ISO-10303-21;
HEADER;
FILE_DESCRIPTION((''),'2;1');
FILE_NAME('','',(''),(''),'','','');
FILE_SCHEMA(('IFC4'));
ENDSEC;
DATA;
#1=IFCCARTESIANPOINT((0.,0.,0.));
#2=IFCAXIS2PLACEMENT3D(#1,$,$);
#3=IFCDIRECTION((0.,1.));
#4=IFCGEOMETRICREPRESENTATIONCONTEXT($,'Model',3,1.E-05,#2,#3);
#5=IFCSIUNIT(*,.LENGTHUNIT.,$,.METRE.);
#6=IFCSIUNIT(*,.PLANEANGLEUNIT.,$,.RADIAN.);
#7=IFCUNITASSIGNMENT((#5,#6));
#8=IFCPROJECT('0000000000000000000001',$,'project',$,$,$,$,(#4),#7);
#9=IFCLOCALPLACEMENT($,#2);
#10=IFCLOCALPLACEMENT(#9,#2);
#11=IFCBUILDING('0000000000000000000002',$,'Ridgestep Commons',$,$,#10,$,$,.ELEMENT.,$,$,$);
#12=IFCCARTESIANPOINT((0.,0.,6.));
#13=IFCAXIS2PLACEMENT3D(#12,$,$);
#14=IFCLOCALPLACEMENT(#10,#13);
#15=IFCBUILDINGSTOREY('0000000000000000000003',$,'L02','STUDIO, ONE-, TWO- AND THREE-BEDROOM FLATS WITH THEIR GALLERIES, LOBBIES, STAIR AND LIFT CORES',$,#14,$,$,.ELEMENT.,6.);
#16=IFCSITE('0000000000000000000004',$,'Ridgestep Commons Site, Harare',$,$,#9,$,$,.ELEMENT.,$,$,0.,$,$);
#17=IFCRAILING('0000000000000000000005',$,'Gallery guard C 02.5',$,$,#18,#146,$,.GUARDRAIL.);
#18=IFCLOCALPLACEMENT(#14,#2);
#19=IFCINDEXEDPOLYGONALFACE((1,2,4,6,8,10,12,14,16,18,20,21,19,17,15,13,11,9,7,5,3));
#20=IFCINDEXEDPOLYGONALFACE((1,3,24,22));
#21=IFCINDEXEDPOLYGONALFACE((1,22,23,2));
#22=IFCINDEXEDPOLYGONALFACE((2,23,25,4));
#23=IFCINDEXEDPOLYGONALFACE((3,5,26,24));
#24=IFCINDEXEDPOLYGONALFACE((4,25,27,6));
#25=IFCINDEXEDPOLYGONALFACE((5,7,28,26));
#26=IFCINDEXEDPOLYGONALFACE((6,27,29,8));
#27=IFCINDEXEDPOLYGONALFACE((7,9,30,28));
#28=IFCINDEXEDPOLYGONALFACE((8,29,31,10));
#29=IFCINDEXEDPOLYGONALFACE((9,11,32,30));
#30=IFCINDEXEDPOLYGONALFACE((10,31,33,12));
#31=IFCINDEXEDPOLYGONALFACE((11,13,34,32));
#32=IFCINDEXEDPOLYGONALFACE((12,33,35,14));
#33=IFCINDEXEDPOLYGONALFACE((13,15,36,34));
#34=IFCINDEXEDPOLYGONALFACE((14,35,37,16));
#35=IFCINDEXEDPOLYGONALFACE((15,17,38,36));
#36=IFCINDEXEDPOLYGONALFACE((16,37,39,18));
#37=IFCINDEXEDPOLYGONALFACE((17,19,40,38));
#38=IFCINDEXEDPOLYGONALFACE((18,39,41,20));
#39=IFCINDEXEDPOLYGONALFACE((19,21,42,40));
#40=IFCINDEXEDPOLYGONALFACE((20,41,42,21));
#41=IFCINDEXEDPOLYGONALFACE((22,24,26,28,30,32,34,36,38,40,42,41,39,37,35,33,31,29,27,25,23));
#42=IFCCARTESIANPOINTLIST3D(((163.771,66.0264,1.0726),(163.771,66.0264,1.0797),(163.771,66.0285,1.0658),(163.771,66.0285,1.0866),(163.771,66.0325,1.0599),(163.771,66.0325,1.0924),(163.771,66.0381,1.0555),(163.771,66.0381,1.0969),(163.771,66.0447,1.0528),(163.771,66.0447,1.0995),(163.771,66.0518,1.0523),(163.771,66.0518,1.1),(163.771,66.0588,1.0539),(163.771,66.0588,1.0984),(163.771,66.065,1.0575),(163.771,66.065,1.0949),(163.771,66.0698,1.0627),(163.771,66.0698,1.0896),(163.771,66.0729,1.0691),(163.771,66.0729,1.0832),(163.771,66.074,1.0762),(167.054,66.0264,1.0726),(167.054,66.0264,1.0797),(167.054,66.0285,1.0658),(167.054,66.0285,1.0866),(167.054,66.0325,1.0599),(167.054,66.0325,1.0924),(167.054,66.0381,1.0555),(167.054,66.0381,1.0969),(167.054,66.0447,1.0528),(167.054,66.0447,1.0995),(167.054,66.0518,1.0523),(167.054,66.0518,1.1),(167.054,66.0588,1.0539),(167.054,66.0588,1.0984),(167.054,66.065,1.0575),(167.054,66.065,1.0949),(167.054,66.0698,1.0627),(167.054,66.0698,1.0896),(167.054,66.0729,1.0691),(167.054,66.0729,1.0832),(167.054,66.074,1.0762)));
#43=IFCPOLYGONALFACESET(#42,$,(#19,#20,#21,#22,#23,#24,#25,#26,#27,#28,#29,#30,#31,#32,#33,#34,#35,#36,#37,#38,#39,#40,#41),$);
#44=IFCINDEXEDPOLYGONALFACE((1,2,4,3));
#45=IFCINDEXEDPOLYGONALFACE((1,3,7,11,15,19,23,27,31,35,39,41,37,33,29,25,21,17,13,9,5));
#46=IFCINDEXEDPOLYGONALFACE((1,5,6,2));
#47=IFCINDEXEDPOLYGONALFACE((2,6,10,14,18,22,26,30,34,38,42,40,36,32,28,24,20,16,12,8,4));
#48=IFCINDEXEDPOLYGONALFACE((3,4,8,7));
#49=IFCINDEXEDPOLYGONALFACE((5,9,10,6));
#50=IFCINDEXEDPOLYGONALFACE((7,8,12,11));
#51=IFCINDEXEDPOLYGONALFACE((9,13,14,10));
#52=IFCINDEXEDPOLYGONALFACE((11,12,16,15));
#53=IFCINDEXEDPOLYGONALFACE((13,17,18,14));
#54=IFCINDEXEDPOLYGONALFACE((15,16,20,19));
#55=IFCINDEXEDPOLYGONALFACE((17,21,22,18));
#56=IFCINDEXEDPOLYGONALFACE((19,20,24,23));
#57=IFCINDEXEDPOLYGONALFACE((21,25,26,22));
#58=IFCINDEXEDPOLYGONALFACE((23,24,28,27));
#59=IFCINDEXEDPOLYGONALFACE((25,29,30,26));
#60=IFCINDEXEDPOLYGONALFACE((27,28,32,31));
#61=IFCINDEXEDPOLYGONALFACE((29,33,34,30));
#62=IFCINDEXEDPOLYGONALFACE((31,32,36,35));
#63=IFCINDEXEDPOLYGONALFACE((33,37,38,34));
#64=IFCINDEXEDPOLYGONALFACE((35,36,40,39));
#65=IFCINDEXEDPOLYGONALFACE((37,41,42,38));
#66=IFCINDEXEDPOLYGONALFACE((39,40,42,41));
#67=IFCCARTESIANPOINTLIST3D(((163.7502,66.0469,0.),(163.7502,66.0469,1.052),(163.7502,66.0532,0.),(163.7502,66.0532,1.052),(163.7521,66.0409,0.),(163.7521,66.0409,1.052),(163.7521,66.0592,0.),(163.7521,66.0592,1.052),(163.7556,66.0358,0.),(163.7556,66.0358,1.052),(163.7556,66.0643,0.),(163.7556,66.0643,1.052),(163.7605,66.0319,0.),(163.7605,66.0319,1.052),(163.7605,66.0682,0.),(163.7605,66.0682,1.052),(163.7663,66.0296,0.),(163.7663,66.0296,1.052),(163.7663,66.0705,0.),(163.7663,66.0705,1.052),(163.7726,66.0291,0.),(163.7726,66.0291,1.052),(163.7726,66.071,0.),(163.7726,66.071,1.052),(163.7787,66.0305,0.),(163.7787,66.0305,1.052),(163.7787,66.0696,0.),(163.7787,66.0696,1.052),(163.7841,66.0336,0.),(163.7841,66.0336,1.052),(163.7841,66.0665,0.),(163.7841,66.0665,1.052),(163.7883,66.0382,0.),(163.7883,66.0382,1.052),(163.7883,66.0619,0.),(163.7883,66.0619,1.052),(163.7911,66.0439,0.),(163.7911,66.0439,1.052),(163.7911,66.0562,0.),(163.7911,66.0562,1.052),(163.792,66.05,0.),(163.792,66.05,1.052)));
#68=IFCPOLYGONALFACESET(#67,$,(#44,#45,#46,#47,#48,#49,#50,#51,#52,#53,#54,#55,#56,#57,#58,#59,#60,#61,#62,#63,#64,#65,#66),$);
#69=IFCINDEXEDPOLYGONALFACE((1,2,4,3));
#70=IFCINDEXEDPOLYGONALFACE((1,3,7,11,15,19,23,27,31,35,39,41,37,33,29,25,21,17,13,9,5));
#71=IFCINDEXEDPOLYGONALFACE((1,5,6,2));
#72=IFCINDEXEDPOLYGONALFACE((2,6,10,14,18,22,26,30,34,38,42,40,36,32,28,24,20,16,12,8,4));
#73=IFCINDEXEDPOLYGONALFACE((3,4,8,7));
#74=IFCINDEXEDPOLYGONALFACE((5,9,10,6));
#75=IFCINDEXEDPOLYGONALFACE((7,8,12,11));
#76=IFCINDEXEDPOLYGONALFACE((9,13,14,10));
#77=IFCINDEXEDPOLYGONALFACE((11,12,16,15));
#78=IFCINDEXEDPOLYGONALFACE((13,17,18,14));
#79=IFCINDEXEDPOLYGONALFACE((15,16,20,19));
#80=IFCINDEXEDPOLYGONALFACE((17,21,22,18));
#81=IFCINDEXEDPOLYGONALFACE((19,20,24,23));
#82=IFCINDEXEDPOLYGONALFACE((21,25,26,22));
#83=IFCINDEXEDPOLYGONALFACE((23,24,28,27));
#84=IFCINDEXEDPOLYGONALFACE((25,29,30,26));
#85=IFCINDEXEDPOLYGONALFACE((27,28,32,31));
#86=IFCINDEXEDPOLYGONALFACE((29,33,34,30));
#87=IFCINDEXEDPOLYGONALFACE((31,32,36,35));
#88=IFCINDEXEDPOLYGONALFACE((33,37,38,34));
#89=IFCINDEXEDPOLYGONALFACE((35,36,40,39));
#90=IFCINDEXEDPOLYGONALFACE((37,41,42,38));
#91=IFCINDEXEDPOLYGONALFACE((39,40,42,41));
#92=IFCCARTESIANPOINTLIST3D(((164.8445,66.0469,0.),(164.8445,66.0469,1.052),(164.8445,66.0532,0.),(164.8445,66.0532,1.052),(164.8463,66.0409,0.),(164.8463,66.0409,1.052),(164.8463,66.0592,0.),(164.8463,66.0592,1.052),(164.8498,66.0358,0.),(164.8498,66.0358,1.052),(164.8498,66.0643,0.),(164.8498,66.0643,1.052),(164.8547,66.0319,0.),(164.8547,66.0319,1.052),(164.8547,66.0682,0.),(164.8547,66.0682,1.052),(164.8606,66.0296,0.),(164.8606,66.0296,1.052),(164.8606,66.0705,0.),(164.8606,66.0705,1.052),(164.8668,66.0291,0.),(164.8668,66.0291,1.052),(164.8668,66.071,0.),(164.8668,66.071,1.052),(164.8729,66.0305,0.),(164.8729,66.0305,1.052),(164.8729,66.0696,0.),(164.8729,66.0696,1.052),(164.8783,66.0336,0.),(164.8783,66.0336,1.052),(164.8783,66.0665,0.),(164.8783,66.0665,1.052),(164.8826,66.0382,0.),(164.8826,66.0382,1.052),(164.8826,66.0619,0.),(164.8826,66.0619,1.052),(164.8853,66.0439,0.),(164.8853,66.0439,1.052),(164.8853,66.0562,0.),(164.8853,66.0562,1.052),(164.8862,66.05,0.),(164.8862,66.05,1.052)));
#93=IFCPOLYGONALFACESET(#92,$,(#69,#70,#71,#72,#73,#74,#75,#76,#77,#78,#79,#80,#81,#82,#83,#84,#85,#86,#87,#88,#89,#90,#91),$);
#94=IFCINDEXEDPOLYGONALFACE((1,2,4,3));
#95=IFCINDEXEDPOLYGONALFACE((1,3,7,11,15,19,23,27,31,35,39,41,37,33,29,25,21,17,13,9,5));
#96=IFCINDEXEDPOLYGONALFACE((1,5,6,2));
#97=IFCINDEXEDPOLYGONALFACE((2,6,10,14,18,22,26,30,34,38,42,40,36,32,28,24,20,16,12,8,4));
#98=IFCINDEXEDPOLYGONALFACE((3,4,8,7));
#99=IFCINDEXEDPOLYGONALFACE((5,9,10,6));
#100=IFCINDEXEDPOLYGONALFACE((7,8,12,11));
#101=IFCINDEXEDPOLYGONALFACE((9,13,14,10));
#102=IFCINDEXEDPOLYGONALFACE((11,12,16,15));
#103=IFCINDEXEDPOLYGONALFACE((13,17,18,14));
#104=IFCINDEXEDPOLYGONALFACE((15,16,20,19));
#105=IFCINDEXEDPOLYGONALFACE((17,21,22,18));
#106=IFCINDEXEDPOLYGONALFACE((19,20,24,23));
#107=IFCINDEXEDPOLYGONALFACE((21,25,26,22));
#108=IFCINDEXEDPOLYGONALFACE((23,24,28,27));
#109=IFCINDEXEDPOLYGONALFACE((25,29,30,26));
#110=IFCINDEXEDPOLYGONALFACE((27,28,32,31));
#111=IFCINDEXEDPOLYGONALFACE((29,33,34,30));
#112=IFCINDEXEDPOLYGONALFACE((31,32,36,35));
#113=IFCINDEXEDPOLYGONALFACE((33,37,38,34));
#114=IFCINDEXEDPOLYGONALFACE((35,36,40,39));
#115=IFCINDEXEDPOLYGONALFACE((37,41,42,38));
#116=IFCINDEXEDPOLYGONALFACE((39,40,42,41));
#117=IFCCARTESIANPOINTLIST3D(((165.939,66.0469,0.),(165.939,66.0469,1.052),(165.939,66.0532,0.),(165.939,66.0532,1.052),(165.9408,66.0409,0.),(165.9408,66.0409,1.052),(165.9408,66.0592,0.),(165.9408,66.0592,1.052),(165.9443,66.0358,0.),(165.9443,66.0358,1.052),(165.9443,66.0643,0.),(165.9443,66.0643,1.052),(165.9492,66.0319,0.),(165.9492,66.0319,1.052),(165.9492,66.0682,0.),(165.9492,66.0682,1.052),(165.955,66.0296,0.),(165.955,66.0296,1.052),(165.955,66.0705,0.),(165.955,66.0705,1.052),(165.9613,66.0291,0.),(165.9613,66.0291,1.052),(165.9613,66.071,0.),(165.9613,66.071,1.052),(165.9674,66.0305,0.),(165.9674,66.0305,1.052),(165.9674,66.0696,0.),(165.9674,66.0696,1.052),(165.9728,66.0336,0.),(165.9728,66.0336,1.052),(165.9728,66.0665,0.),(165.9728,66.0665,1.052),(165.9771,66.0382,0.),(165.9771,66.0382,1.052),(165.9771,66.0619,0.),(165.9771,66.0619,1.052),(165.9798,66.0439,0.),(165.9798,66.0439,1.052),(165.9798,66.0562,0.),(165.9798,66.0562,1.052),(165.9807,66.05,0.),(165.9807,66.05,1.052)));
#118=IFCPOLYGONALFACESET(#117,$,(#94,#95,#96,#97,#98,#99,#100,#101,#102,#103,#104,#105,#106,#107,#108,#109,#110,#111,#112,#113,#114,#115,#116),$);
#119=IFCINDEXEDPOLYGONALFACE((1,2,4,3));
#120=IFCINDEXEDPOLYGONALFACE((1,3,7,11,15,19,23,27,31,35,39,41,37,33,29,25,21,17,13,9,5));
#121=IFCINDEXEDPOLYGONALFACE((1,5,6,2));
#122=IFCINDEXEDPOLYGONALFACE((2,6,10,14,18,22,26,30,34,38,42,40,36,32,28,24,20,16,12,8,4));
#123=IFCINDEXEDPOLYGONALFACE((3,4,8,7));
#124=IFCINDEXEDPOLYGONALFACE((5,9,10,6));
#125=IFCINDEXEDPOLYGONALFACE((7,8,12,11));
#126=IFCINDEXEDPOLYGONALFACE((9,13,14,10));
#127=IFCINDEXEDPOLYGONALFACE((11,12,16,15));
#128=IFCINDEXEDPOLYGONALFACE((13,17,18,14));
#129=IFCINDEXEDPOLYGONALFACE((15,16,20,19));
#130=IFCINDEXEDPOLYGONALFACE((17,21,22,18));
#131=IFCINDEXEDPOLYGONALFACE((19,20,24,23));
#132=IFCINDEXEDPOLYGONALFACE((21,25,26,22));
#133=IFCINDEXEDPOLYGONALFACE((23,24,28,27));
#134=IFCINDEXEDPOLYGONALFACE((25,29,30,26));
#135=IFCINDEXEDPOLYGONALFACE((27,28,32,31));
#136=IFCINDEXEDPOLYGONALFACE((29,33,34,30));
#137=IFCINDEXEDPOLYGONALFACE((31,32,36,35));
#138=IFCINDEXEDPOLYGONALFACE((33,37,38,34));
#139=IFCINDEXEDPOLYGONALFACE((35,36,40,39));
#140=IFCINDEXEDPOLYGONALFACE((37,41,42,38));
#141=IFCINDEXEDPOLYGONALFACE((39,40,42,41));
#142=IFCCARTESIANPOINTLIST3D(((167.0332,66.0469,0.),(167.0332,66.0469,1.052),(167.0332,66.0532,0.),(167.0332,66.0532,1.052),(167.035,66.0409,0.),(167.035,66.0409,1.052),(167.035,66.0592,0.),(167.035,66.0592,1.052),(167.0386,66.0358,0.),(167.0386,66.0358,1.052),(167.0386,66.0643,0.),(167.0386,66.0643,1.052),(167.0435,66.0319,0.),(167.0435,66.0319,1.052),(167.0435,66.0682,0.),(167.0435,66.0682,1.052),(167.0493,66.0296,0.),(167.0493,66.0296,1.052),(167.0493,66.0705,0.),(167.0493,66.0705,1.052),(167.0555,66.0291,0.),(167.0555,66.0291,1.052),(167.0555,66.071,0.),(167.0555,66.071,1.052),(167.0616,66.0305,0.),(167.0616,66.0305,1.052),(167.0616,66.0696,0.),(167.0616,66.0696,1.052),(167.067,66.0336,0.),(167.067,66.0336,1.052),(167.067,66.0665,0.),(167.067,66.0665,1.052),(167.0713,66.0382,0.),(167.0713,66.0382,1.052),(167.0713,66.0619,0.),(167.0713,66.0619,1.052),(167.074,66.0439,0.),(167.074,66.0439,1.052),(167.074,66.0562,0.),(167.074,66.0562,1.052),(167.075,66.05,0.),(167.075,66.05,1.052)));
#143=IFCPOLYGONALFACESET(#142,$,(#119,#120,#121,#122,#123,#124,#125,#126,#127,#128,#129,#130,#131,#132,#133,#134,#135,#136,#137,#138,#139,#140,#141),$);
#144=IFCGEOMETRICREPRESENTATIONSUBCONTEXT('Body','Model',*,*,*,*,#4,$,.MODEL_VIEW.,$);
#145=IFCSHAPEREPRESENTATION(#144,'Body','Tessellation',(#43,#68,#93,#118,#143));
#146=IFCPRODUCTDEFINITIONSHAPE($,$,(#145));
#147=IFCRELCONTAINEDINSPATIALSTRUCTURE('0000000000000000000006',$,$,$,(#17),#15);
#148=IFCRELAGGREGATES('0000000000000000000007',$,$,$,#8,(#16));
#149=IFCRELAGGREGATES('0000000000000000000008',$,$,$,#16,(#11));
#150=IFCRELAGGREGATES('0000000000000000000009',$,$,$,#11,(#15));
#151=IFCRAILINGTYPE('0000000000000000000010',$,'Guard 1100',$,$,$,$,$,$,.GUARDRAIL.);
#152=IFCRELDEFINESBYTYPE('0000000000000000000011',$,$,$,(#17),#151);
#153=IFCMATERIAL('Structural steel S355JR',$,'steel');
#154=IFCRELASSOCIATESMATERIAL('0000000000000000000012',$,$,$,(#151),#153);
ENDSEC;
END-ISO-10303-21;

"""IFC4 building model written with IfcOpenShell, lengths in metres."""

from ifc_helpers import new_model, si_unit, direction, frame, origin, origin_2d, place, context, subcontext, project, spatial, circle, extrude, material, type_object, element, save


model = new_model("IFC4")

# Units and contexts
model_context = context("Model", 3, precision=1e-05, world=origin(), true_north=direction((0.0, 1.0)))
body_context = subcontext(model_context, "Body", "Model", "MODEL_VIEW")
ifc_project = project(units=[si_unit("LENGTHUNIT", "METRE"), si_unit("PLANEANGLEUNIT", "RADIAN")], contexts=[model_context])

# Site, building, storey
site_placement = place(None, origin())
site = spatial("IfcSite", under=ifc_project, at=site_placement, Name="Ridgestep Commons Site, Harare", CompositionType="ELEMENT", RefElevation=0.0)
building_placement = place(site_placement, origin())
building = spatial("IfcBuilding", under=site, at=building_placement, Name="Ridgestep Commons", CompositionType="ELEMENT")
storey_placement = place(building_placement, frame((0.0, 0.0, 6.0)))
storey = spatial("IfcBuildingStorey", under=building, at=storey_placement, Name="L02", Description="STUDIO, ONE-, TWO- AND THREE-BEDROOM FLATS WITH THEIR GALLERIES, LOBBIES, STAIR AND LIFT CORES", CompositionType="ELEMENT", Elevation=6.0)

# Railing
ifc_material_1 = material(Name="Structural steel S355JR", Category="steel")
railing_type_1 = type_object("IfcRailingType", Name="Guard 1100", PredefinedType="GUARDRAIL", material=ifc_material_1)
railing_1_placement = place(storey_placement, frame((163.771, 66.05, 0.0)))
element("IfcRailing", 1, at=railing_1_placement, inside=storey, type_object=railing_type_1, Name="Gallery guard C 02.5", PredefinedType="GUARDRAIL", context=body_context, shape_type="SweptSolid", body=[
    extrude(circle(Radius=0.0239, at=origin_2d()), frame((0.0, 0.0, 1.0762), z_axis=(1.0, 0.0, 0.0), x_axis=(0.0, 1.0, 0.0)), (0.0, 0.0, 1.0), 3.283),
    extrude(circle(Radius=0.021, at=origin_2d()), origin(), (0.0, 0.0, 1.0), 1.052),
    extrude(circle(Radius=0.021, at=origin_2d()), frame((1.0942, 0.0, 0.0)), (0.0, 0.0, 1.0), 1.052),
    extrude(circle(Radius=0.021, at=origin_2d()), frame((2.1887, 0.0, 0.0)), (0.0, 0.0, 1.0), 1.052),
    extrude(circle(Radius=0.021, at=origin_2d()), frame((3.283, 0.0, 0.0)), (0.0, 0.0, 1.0), 1.052),
])

save(model, "model.ifc")
